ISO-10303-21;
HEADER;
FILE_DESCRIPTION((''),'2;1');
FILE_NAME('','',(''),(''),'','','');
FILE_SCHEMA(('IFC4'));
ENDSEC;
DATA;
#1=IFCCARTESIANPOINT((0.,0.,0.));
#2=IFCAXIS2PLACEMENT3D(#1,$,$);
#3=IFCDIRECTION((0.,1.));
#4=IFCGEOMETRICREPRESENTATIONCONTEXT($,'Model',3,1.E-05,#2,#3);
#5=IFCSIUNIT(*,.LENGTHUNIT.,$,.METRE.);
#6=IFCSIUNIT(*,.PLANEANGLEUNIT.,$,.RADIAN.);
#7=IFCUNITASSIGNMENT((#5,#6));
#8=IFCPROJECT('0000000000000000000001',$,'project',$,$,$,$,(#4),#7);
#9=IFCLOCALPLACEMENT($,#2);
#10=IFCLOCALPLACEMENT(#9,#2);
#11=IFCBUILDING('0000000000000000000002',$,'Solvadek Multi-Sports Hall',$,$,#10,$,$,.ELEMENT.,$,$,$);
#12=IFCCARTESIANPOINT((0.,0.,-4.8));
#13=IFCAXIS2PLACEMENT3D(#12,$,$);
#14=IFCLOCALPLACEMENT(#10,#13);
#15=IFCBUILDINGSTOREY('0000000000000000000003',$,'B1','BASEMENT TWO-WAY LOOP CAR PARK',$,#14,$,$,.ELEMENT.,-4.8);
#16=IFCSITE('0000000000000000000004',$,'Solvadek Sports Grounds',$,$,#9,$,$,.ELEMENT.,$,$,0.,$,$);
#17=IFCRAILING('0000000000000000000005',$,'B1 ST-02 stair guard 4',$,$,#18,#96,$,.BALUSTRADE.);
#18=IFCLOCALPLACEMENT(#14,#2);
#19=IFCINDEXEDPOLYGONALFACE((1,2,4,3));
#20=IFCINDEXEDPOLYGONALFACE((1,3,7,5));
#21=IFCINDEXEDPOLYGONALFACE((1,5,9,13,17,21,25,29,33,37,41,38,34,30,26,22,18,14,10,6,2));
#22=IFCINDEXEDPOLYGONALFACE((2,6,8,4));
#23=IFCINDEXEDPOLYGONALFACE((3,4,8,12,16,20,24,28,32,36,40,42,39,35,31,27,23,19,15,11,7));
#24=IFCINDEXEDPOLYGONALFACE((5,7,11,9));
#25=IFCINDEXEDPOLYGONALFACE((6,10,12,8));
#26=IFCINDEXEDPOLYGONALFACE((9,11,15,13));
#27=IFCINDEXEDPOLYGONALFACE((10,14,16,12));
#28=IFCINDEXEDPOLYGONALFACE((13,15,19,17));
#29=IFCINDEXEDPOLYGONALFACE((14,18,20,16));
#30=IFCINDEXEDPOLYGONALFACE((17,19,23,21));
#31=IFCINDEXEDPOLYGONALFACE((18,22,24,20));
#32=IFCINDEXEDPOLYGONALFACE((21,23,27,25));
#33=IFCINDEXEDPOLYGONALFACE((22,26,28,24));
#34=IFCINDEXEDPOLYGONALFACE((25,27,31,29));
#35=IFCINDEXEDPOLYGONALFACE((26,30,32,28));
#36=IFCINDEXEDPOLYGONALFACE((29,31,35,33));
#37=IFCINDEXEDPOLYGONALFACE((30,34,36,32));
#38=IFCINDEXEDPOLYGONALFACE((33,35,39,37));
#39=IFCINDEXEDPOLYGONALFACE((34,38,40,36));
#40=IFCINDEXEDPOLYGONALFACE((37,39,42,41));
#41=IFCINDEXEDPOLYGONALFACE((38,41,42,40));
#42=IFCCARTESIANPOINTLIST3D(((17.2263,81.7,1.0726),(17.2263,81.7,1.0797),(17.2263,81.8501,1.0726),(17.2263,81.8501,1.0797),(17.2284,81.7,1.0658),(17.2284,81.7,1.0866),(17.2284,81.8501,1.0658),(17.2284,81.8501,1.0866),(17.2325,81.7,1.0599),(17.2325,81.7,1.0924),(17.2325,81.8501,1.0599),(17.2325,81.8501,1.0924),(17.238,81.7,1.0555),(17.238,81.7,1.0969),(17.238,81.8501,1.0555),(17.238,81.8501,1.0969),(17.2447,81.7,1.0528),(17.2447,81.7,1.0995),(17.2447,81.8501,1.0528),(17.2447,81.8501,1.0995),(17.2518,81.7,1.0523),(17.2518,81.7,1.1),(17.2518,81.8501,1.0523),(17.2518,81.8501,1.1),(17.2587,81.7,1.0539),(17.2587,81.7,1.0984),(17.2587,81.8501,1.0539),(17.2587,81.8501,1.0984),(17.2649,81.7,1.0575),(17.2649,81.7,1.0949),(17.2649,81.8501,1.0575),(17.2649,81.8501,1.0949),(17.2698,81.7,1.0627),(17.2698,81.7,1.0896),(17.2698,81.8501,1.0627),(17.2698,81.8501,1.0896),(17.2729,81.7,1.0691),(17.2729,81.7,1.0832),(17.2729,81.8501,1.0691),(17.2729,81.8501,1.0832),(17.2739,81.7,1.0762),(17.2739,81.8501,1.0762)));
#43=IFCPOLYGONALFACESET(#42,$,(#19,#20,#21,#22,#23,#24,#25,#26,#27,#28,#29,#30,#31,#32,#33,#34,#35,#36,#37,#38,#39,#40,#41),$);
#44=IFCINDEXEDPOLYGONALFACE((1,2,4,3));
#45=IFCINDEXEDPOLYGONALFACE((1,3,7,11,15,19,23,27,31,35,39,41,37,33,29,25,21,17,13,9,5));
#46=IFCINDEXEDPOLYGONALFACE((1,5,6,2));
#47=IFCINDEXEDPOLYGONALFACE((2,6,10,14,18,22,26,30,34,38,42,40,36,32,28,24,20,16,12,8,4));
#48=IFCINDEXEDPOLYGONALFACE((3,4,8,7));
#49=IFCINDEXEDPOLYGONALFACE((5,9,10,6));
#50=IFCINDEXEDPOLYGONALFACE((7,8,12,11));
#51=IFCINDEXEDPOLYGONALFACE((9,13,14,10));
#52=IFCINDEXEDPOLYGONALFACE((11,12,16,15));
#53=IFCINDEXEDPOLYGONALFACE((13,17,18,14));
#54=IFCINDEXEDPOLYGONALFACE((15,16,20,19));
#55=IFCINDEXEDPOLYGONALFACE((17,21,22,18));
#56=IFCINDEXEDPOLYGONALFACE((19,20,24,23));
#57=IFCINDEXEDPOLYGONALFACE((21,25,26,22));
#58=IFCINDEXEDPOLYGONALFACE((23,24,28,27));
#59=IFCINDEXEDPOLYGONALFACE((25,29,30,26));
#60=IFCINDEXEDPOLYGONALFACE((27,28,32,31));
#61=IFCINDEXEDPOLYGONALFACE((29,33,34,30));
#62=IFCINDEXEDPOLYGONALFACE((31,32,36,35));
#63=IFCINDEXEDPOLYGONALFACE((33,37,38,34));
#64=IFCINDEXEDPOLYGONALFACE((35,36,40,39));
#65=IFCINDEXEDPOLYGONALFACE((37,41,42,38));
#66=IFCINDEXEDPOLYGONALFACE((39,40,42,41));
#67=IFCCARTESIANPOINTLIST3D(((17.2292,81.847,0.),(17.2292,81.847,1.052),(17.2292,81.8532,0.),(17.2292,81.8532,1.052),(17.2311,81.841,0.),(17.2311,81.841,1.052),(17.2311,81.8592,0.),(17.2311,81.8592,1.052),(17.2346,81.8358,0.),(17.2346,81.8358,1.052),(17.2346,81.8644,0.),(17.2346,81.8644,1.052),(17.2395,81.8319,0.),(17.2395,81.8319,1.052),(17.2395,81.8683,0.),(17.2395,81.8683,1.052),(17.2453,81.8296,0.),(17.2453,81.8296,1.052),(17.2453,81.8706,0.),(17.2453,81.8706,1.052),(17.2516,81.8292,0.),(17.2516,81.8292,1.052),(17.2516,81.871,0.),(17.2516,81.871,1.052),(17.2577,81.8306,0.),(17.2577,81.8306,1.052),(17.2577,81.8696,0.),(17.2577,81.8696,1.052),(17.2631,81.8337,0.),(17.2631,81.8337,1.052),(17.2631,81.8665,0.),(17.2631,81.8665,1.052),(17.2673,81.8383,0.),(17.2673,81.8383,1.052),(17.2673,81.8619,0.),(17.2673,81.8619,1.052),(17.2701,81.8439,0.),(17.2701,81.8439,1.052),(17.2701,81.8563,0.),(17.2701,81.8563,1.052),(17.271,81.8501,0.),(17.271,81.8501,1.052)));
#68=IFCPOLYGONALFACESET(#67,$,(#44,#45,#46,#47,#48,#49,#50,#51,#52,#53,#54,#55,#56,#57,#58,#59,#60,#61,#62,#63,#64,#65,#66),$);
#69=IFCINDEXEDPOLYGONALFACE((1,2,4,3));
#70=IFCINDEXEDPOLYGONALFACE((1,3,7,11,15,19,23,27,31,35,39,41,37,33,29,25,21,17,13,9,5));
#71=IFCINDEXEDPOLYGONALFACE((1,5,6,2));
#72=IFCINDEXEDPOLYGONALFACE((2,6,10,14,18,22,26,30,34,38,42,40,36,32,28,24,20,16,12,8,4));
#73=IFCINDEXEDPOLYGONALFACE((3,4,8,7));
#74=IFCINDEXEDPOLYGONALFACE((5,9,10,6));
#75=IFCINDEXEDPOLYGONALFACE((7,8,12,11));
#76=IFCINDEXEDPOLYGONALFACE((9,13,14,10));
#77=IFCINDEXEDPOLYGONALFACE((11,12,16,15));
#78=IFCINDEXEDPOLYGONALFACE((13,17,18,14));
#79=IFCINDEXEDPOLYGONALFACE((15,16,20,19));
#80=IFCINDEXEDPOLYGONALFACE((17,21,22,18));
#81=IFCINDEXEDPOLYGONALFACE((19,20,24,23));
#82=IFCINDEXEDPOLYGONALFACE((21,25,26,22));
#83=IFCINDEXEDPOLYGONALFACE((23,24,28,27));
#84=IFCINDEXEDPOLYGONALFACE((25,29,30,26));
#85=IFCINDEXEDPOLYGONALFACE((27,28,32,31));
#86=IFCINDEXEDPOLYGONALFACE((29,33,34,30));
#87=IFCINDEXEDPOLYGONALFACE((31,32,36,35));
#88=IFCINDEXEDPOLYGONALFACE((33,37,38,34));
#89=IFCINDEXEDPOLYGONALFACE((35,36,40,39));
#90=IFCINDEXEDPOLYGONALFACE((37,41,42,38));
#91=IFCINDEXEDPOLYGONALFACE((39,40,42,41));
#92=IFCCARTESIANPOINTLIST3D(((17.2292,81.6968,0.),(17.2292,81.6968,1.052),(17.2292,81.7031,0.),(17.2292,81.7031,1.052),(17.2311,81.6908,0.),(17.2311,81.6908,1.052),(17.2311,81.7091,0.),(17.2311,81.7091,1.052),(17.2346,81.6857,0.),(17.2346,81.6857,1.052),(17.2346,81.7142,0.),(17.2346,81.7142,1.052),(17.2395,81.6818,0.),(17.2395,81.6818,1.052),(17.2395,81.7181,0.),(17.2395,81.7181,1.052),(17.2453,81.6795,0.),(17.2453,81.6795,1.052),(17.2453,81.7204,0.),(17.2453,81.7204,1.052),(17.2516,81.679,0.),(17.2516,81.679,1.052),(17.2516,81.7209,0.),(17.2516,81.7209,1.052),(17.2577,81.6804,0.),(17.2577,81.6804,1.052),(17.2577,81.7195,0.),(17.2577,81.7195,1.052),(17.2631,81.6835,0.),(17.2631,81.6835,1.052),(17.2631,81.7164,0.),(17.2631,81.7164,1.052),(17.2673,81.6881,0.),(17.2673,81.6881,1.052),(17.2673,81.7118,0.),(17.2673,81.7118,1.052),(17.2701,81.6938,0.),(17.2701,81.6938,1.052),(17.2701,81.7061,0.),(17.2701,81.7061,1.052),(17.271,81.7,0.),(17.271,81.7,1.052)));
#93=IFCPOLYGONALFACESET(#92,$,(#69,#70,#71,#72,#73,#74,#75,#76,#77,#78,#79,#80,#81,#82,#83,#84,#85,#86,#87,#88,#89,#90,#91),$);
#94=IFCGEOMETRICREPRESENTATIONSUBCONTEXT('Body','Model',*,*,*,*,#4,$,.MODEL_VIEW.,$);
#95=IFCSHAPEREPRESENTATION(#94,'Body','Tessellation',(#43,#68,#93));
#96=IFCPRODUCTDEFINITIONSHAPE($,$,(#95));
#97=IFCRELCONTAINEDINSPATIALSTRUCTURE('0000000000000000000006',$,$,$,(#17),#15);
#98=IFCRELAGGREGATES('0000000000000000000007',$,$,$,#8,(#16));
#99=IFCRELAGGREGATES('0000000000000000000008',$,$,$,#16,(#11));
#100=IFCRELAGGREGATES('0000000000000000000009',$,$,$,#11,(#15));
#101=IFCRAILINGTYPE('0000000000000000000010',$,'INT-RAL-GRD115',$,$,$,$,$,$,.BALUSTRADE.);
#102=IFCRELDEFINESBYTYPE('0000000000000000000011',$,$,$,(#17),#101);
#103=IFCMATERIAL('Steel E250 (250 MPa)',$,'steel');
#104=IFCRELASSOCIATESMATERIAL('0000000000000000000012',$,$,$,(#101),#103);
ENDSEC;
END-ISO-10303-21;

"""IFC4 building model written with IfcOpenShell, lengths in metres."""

from ifc_helpers import new_model, si_unit, direction, frame, origin, origin_2d, place, context, subcontext, project, spatial, circle, extrude, material, type_object, element, save


model = new_model("IFC4")

# Units and contexts
model_context = context("Model", 3, precision=1e-05, world=origin(), true_north=direction((0.0, 1.0)))
body_context = subcontext(model_context, "Body", "Model", "MODEL_VIEW")
ifc_project = project(units=[si_unit("LENGTHUNIT", "METRE"), si_unit("PLANEANGLEUNIT", "RADIAN")], contexts=[model_context])

# Site, building, storey
site_placement = place(None, origin())
site = spatial("IfcSite", under=ifc_project, at=site_placement, Name="Solvadek Sports Grounds", CompositionType="ELEMENT", RefElevation=0.0)
building_placement = place(site_placement, origin())
building = spatial("IfcBuilding", under=site, at=building_placement, Name="Solvadek Multi-Sports Hall", CompositionType="ELEMENT")
storey_placement = place(building_placement, frame((0.0, 0.0, -4.8)))
storey = spatial("IfcBuildingStorey", under=building, at=storey_placement, Name="B1", Description="BASEMENT TWO-WAY LOOP CAR PARK", CompositionType="ELEMENT", Elevation=-4.8)

# Shared definitions
ifc_material_1 = material(Name="Steel E250 (250 MPa)", Category="steel")

# Railing
railing_type = type_object("IfcRailingType", Name="INT-RAL-GRD115", PredefinedType="BALUSTRADE", material=ifc_material_1)
railing_1_placement = place(storey_placement, frame((17.25, 81.8501, 0.0)))
element("IfcRailing", 1, at=railing_1_placement, inside=storey, type_object=railing_type, Name="B1 ST-02 stair guard 4", PredefinedType="BALUSTRADE", context=body_context, shape_type="SweptSolid", body=[
    extrude(circle(Radius=0.0239, at=origin_2d()), frame((0.0, 0.0, 1.0762), z_axis=(0.0, -1.0, 0.0), x_axis=(1.0, 0.0, 0.0)), (0.0, 0.0, 1.0), 0.1501),
    extrude(circle(Radius=0.021, at=origin_2d()), origin(), (0.0, 0.0, 1.0), 1.052),
    extrude(circle(Radius=0.021, at=origin_2d()), frame((0.0, -0.1501, 0.0)), (0.0, 0.0, 1.0), 1.052),
])

save(model, "model.ifc")
